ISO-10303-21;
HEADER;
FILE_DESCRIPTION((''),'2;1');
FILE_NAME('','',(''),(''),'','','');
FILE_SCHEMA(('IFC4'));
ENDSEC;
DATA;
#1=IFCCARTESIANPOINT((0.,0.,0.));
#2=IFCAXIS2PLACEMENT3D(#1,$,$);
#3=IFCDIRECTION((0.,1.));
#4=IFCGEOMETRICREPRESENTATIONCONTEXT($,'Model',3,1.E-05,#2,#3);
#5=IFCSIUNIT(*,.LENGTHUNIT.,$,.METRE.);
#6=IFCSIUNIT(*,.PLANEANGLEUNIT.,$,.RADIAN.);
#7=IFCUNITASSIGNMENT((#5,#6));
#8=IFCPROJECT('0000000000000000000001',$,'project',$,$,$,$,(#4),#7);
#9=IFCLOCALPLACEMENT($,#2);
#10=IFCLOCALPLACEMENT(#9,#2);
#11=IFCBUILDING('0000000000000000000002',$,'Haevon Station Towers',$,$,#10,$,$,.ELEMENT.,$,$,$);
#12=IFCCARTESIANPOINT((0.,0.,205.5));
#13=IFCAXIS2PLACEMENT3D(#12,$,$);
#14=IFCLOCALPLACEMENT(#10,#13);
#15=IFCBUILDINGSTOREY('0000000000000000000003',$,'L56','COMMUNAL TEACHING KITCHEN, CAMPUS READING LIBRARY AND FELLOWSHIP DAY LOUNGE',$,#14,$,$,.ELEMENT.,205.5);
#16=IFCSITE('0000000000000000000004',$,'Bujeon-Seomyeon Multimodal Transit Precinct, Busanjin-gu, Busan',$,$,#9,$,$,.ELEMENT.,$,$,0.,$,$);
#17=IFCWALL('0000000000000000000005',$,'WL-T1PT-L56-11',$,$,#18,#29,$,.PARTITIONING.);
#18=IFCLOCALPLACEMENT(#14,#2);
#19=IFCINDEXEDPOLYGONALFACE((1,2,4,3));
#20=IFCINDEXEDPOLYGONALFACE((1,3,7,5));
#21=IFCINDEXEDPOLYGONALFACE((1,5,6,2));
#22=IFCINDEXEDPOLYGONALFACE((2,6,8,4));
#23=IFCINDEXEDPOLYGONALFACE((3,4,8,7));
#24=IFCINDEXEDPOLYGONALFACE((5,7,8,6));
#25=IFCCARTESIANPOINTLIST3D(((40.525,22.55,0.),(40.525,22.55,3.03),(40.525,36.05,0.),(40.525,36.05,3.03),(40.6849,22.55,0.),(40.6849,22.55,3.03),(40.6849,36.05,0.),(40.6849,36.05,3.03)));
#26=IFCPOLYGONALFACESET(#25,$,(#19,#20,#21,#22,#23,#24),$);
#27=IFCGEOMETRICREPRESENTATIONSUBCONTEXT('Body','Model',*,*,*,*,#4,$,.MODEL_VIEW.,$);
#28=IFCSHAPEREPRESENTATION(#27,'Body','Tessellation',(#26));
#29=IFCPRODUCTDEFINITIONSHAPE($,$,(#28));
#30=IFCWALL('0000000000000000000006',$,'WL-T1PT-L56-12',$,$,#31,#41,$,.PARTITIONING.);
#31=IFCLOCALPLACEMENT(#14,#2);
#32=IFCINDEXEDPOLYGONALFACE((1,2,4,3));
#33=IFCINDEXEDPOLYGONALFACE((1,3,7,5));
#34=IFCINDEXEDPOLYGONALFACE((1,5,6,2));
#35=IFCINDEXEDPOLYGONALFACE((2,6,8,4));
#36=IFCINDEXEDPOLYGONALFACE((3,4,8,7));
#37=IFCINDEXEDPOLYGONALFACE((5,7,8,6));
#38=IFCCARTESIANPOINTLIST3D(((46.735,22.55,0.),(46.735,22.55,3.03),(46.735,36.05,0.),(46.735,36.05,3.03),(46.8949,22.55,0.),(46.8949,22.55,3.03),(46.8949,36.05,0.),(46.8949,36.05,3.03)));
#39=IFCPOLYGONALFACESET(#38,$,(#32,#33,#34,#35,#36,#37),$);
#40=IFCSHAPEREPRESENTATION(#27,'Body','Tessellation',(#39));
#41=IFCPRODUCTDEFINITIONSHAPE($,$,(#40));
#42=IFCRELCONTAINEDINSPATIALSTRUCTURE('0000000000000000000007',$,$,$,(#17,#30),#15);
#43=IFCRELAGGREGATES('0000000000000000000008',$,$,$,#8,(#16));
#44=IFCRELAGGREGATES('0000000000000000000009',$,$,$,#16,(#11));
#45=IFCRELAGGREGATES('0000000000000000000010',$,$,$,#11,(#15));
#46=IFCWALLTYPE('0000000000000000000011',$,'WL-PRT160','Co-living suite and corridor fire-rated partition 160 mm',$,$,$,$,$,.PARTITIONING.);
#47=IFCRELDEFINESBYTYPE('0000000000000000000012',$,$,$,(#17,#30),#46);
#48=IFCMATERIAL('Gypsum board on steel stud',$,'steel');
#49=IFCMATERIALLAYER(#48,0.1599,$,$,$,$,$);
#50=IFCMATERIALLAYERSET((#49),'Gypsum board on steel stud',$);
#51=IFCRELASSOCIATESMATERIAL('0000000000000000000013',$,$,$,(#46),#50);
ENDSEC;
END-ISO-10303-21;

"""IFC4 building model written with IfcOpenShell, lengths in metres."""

from ifc_helpers import new_model, si_unit, direction, frame, frame_2d, origin, place, context, subcontext, project, spatial, rectangle, extrude, material, layer, layer_set, type_object, element, save


model = new_model("IFC4")

# Units and contexts
model_context = context("Model", 3, precision=1e-05, world=origin(), true_north=direction((0.0, 1.0)))
body_context = subcontext(model_context, "Body", "Model", "MODEL_VIEW")
ifc_project = project(units=[si_unit("LENGTHUNIT", "METRE"), si_unit("PLANEANGLEUNIT", "RADIAN")], contexts=[model_context])

# Site, building, storey
site_placement = place(None, origin())
site = spatial("IfcSite", under=ifc_project, at=site_placement, Name="Bujeon-Seomyeon Multimodal Transit Precinct, Busanjin-gu, Busan", CompositionType="ELEMENT", RefElevation=0.0)
building_placement = place(site_placement, origin())
building = spatial("IfcBuilding", under=site, at=building_placement, Name="Haevon Station Towers", CompositionType="ELEMENT")
storey_placement = place(building_placement, frame((0.0, 0.0, 205.5)))
storey = spatial("IfcBuildingStorey", under=building, at=storey_placement, Name="L56", Description="COMMUNAL TEACHING KITCHEN, CAMPUS READING LIBRARY AND FELLOWSHIP DAY LOUNGE", CompositionType="ELEMENT", Elevation=205.5)

# Walls
ifc_material_1 = material(Name="Gypsum board on steel stud", Category="steel")
ifc_layer_1 = layer(ifc_material_1, 0.1599)
ifc_layer_set_1 = layer_set([ifc_layer_1], Name="Gypsum board on steel stud")
wall_type_1 = type_object("IfcWallType", Name="WL-PRT160", Description="Co-living suite and corridor fire-rated partition 160 mm", PredefinedType="PARTITIONING", material=ifc_layer_set_1)
for number, where, z_axis, x_axis, name in (
    (1, (40.605, 22.55, 0.0), (0.0, 0.0, 1.0), (0.0, 1.0, 0.0), "WL-T1PT-L56-11"),
    (2, (46.8149, 22.55, 0.0), (0.0, 0.0, 1.0), (0.0, 1.0, 0.0), "WL-T1PT-L56-12"),
):
    element("IfcWall", number, at=place(storey_placement, frame(where, z_axis=z_axis, x_axis=x_axis)), inside=storey, type_object=wall_type_1, Name=name, PredefinedType="PARTITIONING", context=body_context, shape_type="SweptSolid", body=[
        extrude(rectangle(XDim=13.5, YDim=0.1599, at=frame_2d((6.75, 0.0))), origin(), (0.0, 0.0, 1.0), 3.03),
    ])

save(model, "model.ifc")
